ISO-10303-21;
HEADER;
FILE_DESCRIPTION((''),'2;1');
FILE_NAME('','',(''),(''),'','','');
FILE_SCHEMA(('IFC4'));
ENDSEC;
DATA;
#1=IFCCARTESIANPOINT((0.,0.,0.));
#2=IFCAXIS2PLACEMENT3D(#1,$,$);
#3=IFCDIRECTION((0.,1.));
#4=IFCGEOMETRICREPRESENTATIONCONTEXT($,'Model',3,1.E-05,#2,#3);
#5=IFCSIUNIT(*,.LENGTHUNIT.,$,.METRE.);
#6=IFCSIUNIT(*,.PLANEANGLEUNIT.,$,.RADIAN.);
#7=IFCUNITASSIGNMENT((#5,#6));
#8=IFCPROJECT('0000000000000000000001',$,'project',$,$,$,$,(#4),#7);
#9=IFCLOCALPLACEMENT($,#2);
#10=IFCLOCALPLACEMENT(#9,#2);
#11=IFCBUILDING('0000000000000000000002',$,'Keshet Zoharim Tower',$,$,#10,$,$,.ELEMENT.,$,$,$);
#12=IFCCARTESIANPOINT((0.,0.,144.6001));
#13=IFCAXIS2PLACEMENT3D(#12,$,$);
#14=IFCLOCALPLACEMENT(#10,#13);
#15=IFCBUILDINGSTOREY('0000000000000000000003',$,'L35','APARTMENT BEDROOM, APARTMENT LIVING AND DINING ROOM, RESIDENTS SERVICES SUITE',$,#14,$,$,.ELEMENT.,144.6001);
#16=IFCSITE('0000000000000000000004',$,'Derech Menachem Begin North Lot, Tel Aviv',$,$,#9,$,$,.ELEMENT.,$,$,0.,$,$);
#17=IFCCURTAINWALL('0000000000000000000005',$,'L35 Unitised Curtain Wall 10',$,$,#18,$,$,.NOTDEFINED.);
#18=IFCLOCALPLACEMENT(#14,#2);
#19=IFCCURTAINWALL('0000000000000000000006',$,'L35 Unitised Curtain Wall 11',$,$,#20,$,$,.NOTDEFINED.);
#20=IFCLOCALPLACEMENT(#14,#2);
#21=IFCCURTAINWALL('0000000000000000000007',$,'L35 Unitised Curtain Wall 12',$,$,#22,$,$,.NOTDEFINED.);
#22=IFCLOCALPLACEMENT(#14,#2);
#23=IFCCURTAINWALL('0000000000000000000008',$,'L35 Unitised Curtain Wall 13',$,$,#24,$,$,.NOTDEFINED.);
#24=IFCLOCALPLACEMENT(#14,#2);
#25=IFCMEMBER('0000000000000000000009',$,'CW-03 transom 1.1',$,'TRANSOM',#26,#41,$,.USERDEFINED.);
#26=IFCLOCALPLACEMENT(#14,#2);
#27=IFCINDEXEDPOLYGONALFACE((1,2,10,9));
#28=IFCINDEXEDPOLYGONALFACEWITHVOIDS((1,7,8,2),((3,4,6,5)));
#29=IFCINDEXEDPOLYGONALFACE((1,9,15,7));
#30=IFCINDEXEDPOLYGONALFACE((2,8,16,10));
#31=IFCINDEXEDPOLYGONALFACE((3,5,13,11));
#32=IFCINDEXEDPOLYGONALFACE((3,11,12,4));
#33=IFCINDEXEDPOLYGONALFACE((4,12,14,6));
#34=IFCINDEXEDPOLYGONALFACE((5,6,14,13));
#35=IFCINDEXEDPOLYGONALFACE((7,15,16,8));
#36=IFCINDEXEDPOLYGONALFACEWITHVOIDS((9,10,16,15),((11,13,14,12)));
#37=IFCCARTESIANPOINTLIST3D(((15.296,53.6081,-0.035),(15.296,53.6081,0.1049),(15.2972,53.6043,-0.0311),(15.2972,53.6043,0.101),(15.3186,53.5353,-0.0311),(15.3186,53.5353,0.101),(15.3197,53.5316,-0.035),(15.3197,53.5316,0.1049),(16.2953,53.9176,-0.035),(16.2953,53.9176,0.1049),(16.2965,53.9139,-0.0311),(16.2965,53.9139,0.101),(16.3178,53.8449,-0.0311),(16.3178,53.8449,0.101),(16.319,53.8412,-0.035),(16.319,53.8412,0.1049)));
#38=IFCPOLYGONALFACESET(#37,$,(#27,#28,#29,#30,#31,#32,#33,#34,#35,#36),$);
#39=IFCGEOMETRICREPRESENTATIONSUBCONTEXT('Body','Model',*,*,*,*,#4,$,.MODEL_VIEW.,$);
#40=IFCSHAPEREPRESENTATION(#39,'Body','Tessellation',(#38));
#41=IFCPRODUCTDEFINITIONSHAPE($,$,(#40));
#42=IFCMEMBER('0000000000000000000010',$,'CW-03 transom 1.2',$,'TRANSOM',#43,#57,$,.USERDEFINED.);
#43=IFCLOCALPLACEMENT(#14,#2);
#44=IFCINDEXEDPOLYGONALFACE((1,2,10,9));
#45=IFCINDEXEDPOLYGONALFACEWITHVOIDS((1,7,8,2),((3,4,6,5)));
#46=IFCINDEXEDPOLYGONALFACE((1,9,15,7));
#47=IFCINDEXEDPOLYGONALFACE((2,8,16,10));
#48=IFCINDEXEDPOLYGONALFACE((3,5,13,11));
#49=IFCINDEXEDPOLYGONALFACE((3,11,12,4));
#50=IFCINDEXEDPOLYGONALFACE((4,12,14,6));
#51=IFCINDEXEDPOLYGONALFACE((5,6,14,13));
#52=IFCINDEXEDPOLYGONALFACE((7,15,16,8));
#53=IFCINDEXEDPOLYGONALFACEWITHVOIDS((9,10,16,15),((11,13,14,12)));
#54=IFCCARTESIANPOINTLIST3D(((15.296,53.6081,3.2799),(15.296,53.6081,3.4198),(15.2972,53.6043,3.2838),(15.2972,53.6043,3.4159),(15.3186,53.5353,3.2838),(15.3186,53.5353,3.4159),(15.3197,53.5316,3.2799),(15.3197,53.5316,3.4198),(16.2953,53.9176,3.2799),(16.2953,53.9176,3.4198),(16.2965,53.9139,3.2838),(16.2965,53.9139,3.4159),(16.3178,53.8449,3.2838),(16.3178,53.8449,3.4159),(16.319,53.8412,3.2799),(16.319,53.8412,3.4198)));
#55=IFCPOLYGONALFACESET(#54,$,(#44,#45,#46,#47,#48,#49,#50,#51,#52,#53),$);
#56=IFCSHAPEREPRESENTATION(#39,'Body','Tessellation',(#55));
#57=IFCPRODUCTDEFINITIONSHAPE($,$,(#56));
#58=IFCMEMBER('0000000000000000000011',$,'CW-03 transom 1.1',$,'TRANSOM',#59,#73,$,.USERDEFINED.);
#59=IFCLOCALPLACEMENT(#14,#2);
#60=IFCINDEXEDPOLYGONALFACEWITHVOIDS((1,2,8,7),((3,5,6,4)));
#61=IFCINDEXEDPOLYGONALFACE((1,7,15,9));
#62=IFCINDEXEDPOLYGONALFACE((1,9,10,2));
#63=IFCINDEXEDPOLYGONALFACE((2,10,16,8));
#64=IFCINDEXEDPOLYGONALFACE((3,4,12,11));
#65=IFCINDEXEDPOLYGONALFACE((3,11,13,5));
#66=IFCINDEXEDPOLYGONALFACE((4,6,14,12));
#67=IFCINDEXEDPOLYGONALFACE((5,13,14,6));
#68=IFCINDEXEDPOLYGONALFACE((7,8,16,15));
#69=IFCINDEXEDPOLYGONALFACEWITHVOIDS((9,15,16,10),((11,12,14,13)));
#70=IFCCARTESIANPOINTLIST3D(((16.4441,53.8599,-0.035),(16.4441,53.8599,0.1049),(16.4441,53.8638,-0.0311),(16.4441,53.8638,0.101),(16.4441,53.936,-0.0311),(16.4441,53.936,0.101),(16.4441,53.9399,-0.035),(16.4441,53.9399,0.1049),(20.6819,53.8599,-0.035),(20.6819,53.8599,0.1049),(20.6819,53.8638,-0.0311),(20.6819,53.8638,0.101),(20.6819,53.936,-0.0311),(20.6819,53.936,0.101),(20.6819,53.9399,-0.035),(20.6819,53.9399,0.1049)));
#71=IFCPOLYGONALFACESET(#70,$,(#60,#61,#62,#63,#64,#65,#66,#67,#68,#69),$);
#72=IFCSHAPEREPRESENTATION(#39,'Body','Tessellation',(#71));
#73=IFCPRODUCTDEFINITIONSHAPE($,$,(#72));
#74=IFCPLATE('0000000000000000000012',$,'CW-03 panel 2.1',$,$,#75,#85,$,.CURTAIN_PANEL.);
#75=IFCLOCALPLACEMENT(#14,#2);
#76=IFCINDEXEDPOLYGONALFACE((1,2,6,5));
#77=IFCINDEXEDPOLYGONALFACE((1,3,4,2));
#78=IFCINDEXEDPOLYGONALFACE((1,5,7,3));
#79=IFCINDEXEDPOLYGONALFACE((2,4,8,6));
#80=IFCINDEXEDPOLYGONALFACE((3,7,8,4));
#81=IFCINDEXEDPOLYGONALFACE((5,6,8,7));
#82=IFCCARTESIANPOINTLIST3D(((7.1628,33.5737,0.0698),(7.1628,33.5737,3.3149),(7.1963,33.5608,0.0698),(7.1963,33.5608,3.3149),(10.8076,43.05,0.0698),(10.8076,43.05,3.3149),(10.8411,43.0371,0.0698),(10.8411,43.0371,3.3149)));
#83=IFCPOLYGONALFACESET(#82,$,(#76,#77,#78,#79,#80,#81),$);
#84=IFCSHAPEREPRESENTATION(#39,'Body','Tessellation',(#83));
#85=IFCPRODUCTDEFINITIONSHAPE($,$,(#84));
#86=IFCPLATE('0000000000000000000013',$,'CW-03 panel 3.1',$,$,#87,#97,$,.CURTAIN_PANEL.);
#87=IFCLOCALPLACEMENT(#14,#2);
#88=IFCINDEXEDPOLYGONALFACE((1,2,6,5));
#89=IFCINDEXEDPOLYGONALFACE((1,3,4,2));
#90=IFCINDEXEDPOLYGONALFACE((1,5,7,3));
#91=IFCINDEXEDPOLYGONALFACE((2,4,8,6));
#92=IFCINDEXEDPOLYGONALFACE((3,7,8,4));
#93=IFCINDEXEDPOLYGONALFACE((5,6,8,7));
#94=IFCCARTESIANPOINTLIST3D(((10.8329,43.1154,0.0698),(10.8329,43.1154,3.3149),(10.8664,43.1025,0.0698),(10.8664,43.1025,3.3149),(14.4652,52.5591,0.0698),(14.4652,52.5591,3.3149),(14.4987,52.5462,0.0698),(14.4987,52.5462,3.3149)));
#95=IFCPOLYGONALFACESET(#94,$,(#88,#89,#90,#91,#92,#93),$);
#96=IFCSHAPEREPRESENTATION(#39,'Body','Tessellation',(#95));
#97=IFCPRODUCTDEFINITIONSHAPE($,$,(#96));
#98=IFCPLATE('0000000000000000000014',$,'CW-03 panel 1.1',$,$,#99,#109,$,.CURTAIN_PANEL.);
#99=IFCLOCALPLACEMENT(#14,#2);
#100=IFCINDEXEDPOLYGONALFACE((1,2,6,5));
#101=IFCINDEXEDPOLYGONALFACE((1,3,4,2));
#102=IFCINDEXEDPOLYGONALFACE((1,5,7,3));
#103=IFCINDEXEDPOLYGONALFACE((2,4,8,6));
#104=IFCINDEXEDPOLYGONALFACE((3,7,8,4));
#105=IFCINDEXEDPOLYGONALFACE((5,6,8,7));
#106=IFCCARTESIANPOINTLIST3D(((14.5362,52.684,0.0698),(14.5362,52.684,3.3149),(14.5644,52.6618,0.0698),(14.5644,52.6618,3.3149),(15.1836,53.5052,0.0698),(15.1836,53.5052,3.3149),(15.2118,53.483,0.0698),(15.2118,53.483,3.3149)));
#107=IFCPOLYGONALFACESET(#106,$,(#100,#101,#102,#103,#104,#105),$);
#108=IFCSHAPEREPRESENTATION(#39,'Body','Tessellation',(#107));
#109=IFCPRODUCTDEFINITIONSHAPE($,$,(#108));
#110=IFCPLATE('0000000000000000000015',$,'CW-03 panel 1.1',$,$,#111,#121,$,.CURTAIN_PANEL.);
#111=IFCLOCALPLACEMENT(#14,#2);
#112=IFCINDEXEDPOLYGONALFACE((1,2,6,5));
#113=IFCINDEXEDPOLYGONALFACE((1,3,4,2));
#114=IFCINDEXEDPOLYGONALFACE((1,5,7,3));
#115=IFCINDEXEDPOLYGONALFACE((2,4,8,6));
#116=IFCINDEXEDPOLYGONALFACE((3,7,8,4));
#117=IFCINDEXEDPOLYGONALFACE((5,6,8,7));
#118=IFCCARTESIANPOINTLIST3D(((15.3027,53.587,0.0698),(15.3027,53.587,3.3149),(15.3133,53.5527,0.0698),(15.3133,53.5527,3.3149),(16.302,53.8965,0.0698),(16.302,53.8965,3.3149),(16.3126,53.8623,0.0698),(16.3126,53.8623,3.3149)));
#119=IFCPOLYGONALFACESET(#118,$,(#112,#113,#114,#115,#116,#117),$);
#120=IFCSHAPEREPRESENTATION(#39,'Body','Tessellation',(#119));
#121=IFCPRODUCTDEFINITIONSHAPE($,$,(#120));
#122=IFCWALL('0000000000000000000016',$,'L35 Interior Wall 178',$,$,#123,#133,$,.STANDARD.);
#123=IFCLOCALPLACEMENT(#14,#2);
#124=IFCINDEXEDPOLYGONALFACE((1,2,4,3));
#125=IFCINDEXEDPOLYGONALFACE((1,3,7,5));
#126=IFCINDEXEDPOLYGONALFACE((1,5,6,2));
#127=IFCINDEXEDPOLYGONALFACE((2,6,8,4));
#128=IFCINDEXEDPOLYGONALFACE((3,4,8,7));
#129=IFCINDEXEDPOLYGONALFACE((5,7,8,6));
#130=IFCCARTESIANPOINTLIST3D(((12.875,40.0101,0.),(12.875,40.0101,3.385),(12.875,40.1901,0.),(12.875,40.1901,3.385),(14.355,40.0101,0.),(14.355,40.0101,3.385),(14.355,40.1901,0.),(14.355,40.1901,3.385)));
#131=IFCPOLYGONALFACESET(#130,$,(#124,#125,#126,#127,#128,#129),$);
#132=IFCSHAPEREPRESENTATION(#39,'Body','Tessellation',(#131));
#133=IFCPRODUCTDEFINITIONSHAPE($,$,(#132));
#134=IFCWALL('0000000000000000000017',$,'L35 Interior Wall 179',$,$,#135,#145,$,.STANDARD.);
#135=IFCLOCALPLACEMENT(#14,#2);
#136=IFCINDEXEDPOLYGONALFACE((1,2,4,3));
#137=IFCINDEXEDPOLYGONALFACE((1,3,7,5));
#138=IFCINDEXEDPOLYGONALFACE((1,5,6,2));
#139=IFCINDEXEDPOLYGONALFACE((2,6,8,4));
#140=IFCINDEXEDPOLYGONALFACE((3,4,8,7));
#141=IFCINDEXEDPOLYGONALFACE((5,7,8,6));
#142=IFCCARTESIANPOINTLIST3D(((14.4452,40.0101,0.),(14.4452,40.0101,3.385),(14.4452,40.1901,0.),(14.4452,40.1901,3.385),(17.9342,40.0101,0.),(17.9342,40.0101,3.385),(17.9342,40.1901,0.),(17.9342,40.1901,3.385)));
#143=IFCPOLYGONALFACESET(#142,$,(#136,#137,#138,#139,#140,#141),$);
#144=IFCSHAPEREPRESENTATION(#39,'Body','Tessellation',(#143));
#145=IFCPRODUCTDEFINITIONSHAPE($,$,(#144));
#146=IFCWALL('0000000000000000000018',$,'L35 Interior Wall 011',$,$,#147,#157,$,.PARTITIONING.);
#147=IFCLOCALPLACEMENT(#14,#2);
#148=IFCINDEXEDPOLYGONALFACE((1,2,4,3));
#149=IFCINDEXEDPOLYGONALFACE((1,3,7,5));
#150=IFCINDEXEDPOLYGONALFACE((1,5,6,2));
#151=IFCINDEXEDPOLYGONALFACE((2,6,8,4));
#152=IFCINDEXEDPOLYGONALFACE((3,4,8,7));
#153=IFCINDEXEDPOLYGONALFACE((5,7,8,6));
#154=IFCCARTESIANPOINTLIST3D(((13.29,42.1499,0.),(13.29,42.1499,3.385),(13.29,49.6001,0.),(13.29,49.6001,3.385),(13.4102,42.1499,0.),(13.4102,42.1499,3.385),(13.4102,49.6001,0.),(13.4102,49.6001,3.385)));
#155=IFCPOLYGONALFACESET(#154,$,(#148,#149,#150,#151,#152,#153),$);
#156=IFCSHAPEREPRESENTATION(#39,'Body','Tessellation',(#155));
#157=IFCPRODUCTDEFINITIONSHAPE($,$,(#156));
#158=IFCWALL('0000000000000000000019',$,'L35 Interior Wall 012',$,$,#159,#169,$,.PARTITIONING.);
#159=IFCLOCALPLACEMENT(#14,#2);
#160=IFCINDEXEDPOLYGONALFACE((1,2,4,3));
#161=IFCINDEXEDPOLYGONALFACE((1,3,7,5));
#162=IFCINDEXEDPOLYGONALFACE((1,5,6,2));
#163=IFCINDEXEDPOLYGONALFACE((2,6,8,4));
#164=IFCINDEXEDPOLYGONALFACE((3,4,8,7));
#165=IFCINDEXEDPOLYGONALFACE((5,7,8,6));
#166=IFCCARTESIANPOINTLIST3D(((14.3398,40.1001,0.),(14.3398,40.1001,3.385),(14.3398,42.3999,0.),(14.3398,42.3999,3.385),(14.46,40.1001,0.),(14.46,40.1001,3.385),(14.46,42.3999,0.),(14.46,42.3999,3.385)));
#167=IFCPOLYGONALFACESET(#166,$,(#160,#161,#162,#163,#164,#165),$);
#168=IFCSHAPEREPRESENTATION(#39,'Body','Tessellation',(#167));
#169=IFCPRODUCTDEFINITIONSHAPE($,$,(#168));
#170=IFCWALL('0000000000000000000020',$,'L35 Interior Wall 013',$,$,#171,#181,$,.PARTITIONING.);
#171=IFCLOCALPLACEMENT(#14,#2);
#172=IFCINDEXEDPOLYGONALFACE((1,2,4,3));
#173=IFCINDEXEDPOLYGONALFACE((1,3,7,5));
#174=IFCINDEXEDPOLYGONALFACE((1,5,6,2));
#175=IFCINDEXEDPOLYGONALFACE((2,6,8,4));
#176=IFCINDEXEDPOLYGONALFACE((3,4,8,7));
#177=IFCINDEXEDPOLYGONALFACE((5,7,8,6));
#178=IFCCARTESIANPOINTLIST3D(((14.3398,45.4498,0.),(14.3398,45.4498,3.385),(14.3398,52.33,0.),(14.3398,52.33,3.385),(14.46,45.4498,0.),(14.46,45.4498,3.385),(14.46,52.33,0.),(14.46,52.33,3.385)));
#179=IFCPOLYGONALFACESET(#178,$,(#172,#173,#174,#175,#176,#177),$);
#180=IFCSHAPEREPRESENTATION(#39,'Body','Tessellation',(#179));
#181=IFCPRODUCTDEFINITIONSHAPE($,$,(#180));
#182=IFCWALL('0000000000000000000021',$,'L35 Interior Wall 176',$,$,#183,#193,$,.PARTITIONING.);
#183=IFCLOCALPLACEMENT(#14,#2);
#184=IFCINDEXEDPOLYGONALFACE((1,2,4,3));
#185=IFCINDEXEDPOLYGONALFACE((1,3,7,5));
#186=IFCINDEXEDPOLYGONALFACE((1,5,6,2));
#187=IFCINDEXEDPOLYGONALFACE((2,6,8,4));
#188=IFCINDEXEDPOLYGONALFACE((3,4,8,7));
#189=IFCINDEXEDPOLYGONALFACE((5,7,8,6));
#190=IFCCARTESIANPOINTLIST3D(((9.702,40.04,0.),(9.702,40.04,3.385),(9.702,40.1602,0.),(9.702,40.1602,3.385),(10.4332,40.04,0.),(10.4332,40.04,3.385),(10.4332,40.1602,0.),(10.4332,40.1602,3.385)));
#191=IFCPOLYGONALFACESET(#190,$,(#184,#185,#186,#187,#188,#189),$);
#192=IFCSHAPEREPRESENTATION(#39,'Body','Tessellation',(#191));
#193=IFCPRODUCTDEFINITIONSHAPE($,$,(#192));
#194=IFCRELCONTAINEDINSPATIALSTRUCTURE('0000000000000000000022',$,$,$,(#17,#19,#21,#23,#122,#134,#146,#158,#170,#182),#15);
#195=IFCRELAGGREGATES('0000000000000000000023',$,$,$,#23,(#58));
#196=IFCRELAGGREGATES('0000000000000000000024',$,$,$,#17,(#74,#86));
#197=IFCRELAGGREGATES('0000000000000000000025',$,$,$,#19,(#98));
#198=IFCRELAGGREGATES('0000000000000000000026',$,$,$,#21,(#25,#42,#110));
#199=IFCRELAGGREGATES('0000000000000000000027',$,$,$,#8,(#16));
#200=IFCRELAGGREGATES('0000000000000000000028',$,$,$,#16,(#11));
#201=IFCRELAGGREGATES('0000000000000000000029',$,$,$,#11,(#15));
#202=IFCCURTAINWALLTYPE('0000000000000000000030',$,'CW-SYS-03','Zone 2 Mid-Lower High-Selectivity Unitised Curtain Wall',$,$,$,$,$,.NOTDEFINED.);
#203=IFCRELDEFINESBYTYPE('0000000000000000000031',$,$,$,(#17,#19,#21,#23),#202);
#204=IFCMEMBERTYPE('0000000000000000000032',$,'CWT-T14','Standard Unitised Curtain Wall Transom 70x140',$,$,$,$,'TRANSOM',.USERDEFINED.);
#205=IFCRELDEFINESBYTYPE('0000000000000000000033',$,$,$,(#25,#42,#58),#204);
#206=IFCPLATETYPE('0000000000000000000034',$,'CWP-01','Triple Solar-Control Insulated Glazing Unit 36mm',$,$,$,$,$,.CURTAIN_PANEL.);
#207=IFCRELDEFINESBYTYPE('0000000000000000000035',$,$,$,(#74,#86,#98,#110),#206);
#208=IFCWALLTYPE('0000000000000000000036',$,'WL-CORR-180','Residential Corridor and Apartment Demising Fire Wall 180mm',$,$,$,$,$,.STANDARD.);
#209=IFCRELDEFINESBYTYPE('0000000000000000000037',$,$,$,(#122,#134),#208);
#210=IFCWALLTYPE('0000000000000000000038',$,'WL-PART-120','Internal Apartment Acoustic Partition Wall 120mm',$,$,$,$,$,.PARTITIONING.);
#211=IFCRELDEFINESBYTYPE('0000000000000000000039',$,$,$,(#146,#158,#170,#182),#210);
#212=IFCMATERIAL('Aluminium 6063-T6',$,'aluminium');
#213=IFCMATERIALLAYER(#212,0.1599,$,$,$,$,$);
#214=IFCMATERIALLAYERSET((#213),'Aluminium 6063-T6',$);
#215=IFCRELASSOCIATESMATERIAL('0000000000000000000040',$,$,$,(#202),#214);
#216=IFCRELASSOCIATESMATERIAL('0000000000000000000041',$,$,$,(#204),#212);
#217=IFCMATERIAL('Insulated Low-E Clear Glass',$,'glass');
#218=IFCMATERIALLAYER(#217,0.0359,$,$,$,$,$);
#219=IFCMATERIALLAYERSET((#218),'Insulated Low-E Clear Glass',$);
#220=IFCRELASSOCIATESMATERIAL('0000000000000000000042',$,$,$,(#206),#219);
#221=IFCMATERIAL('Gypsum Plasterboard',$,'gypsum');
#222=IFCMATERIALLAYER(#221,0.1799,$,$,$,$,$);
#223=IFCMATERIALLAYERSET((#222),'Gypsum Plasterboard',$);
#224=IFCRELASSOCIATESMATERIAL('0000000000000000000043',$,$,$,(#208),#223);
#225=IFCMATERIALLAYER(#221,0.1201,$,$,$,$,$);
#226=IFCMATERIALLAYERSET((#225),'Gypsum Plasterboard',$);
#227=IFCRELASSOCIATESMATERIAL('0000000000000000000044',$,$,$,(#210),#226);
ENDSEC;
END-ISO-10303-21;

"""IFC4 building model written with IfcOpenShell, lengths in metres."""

from ifc_helpers import new_model, si_unit, direction, frame, frame_2d, origin, origin_2d, place, context, subcontext, project, spatial, rectangle, hollow_rectangle, extrude, material, layer, layer_set, material_profile, profile_set, type_object, element, aggregate, save


model = new_model("IFC4")

# Units and contexts
model_context = context("Model", 3, precision=1e-05, world=origin(), true_north=direction((0.0, 1.0)))
body_context = subcontext(model_context, "Body", "Model", "MODEL_VIEW")
ifc_project = project(units=[si_unit("LENGTHUNIT", "METRE"), si_unit("PLANEANGLEUNIT", "RADIAN")], contexts=[model_context])

# Site, building, storey
site_placement = place(None, origin())
site = spatial("IfcSite", under=ifc_project, at=site_placement, Name="Derech Menachem Begin North Lot, Tel Aviv", CompositionType="ELEMENT", RefElevation=0.0)
building_placement = place(site_placement, origin())
building = spatial("IfcBuilding", under=site, at=building_placement, Name="Keshet Zoharim Tower", CompositionType="ELEMENT")
storey_placement = place(building_placement, frame((0.0, 0.0, 144.6001)))
storey = spatial("IfcBuildingStorey", under=building, at=storey_placement, Name="L35", Description="APARTMENT BEDROOM, APARTMENT LIVING AND DINING ROOM, RESIDENTS SERVICES SUITE", CompositionType="ELEMENT", Elevation=144.6001)

# Curtain walls
ifc_material_1 = material(Name="Aluminium 6063-T6", Category="aluminium")
ifc_layer_1 = layer(ifc_material_1, 0.1599)
ifc_layer_set_1 = layer_set([ifc_layer_1], Name="Aluminium 6063-T6")
curtain_wall_type = type_object("IfcCurtainWallType", Name="CW-SYS-03", Description="Zone 2 Mid-Lower High-Selectivity Unitised Curtain Wall", PredefinedType="NOTDEFINED", material=ifc_layer_set_1)
curtain_wall_1_placement = place(storey_placement, origin())
curtain_wall_1 = element("IfcCurtainWall", 1, at=curtain_wall_1_placement, inside=storey, type_object=curtain_wall_type, Name="L35 Unitised Curtain Wall 10", PredefinedType="NOTDEFINED")
curtain_wall_2_placement = place(storey_placement, origin())
curtain_wall_2 = element("IfcCurtainWall", 2, at=curtain_wall_2_placement, inside=storey, type_object=curtain_wall_type, Name="L35 Unitised Curtain Wall 11", PredefinedType="NOTDEFINED")
curtain_wall_3_placement = place(storey_placement, origin())
curtain_wall_3 = element("IfcCurtainWall", 3, at=curtain_wall_3_placement, inside=storey, type_object=curtain_wall_type, Name="L35 Unitised Curtain Wall 12", PredefinedType="NOTDEFINED")

# Curtain wall
curtain_wall_4_placement = place(storey_placement, origin())
curtain_wall_4 = element("IfcCurtainWall", 4, at=curtain_wall_4_placement, inside=storey, type_object=curtain_wall_type, Name="L35 Unitised Curtain Wall 13", PredefinedType="NOTDEFINED")

# Members
ifc_material_profile_1 = material_profile(ifc_material_1, hollow_rectangle(XDim=0.0801, YDim=0.1399, WallThickness=0.0039, at=origin_2d()), Name="TRN-80x140")
ifc_profile_set_1 = profile_set([ifc_material_profile_1], Name="Aluminium 6063-T6")
member_type_1 = type_object("IfcMemberType", Name="CWT-T14", Description="Standard Unitised Curtain Wall Transom 70x140", ElementType="TRANSOM", PredefinedType="USERDEFINED", material=ifc_profile_set_1)
member_1_placement = place(storey_placement, frame((15.3079, 53.5698, 0.0349), z_axis=(0.955212, 0.295922, 0.0), x_axis=(-0.295922, 0.955212, 0.0)))
member_1 = element("IfcMember", 5, at=member_1_placement, type_object=member_type_1, Name="CW-03 transom 1.1", ObjectType="TRANSOM", PredefinedType="USERDEFINED", context=body_context, shape_type="SweptSolid", body=[
    extrude(hollow_rectangle(XDim=0.0801, YDim=0.1399, WallThickness=0.0039, at=origin_2d()), origin(), (0.0, 0.0, 1.0), 1.0461),
])
member_2_placement = place(storey_placement, frame((15.3079, 53.5698, 3.3499), z_axis=(0.955212, 0.295922, 0.0), x_axis=(-0.295922, 0.955212, 0.0)))
member_2 = element("IfcMember", 6, at=member_2_placement, type_object=member_type_1, Name="CW-03 transom 1.2", ObjectType="TRANSOM", PredefinedType="USERDEFINED", context=body_context, shape_type="SweptSolid", body=[
    extrude(hollow_rectangle(XDim=0.0801, YDim=0.1399, WallThickness=0.0039, at=origin_2d()), origin(), (0.0, 0.0, 1.0), 1.0461),
])
member_3_placement = place(storey_placement, frame((16.4441, 53.8999, 0.0349), z_axis=(1.0, 0.0, 0.0), x_axis=(0.0, 1.0, 0.0)))
member_3 = element("IfcMember", 7, at=member_3_placement, type_object=member_type_1, Name="CW-03 transom 1.1", ObjectType="TRANSOM", PredefinedType="USERDEFINED", context=body_context, shape_type="SweptSolid", body=[
    extrude(hollow_rectangle(XDim=0.0801, YDim=0.1399, WallThickness=0.0039, at=origin_2d()), origin(), (0.0, 0.0, 1.0), 4.2378),
])
aggregate(curtain_wall_4, [member_3])

# Plates
ifc_material_2 = material(Name="Insulated Low-E Clear Glass", Category="glass")
ifc_layer_2 = layer(ifc_material_2, 0.0359)
ifc_layer_set_2 = layer_set([ifc_layer_2], Name="Insulated Low-E Clear Glass")
plate_type = type_object("IfcPlateType", Name="CWP-01", Description="Triple Solar-Control Insulated Glazing Unit 36mm", PredefinedType="CURTAIN_PANEL", material=ifc_layer_set_2)
plate_1_placement = place(storey_placement, frame((9.002, 38.3054, 0.0698), z_axis=(0.0, 0.0, 1.0), x_axis=(0.35899, 0.933341, 0.0)))
plate_1 = element("IfcPlate", 8, at=plate_1_placement, type_object=plate_type, Name="CW-03 panel 2.1", PredefinedType="CURTAIN_PANEL", context=body_context, shape_type="SweptSolid", body=[
    extrude(rectangle(XDim=10.1531, YDim=0.0359, at=origin_2d()), origin(), (0.0, 0.0, 1.0), 3.2451),
])
plate_2_placement = place(storey_placement, frame((12.6658, 47.8308, 0.0698), z_axis=(0.0, 0.0, 1.0), x_axis=(0.35899, 0.933341, 0.0)))
plate_2 = element("IfcPlate", 9, at=plate_2_placement, type_object=plate_type, Name="CW-03 panel 3.1", PredefinedType="CURTAIN_PANEL", context=body_context, shape_type="SweptSolid", body=[
    extrude(rectangle(XDim=10.1182, YDim=0.0359, at=origin_2d()), origin(), (0.0, 0.0, 1.0), 3.2451),
])
aggregate(curtain_wall_1, [plate_1, plate_2])
plate_3_placement = place(storey_placement, frame((14.874, 53.0835, 0.0698), z_axis=(0.0, 0.0, 1.0), x_axis=(0.619125, 0.785293, 0.0)))
plate_3 = element("IfcPlate", 10, at=plate_3_placement, type_object=plate_type, Name="CW-03 panel 1.1", PredefinedType="CURTAIN_PANEL", context=body_context, shape_type="SweptSolid", body=[
    extrude(rectangle(XDim=1.0457, YDim=0.0359, at=origin_2d()), origin(), (0.0, 0.0, 1.0), 3.2451),
])
aggregate(curtain_wall_2, [plate_3])
plate_4_placement = place(storey_placement, frame((15.8076, 53.7246, 0.0698), z_axis=(0.0, 0.0, 1.0), x_axis=(0.955212, 0.295922, 0.0)))
plate_4 = element("IfcPlate", 11, at=plate_4_placement, type_object=plate_type, Name="CW-03 panel 1.1", PredefinedType="CURTAIN_PANEL", context=body_context, shape_type="SweptSolid", body=[
    extrude(rectangle(XDim=1.0461, YDim=0.0359, at=origin_2d()), origin(), (0.0, 0.0, 1.0), 3.2451),
])
aggregate(curtain_wall_3, [member_1, member_2, plate_4])

# Walls
ifc_material_3 = material(Name="Gypsum Plasterboard", Category="gypsum")
ifc_layer_3 = layer(ifc_material_3, 0.1799)
ifc_layer_set_3 = layer_set([ifc_layer_3], Name="Gypsum Plasterboard")
wall_type_1 = type_object("IfcWallType", Name="WL-CORR-180", Description="Residential Corridor and Apartment Demising Fire Wall 180mm", PredefinedType="STANDARD", material=ifc_layer_set_3)
wall_1_placement = place(storey_placement, frame((12.875, 40.1001, 0.0), z_axis=(0.0, 0.0, 1.0), x_axis=(1.0, 0.0, 0.0)))
element("IfcWall", 12, at=wall_1_placement, inside=storey, type_object=wall_type_1, Name="L35 Interior Wall 178", PredefinedType="STANDARD", context=body_context, shape_type="SweptSolid", body=[
    extrude(rectangle(XDim=1.48, YDim=0.1799, at=frame_2d((0.74, 0.0))), origin(), (0.0, 0.0, 1.0), 3.385),
])
wall_2_placement = place(storey_placement, frame((14.4451, 40.1001, 0.0), z_axis=(0.0, 0.0, 1.0), x_axis=(1.0, 0.0, 0.0)))
element("IfcWall", 13, at=wall_2_placement, inside=storey, type_object=wall_type_1, Name="L35 Interior Wall 179", PredefinedType="STANDARD", context=body_context, shape_type="SweptSolid", body=[
    extrude(rectangle(XDim=3.489, YDim=0.1799, at=frame_2d((1.7446, 0.0))), origin(), (0.0, 0.0, 1.0), 3.385),
])
ifc_layer_4 = layer(ifc_material_3, 0.1201)
ifc_layer_set_4 = layer_set([ifc_layer_4], Name="Gypsum Plasterboard")
wall_type_2 = type_object("IfcWallType", Name="WL-PART-120", Description="Internal Apartment Acoustic Partition Wall 120mm", PredefinedType="PARTITIONING", material=ifc_layer_set_4)
wall_3_placement = place(storey_placement, frame((13.3501, 42.1499, 0.0), z_axis=(0.0, 0.0, 1.0), x_axis=(0.0, 1.0, 0.0)))
element("IfcWall", 14, at=wall_3_placement, inside=storey, type_object=wall_type_2, Name="L35 Interior Wall 011", PredefinedType="PARTITIONING", context=body_context, shape_type="SweptSolid", body=[
    extrude(rectangle(XDim=7.4502, YDim=0.1201, at=frame_2d((3.7251, 0.0))), origin(), (0.0, 0.0, 1.0), 3.385),
])
wall_4_placement = place(storey_placement, frame((14.3999, 40.1001, 0.0), z_axis=(0.0, 0.0, 1.0), x_axis=(0.0, 1.0, 0.0)))
element("IfcWall", 15, at=wall_4_placement, inside=storey, type_object=wall_type_2, Name="L35 Interior Wall 012", PredefinedType="PARTITIONING", context=body_context, shape_type="SweptSolid", body=[
    extrude(rectangle(XDim=2.2998, YDim=0.1201, at=frame_2d((1.1499, 0.0))), origin(), (0.0, 0.0, 1.0), 3.385),
])
wall_5_placement = place(storey_placement, frame((14.3999, 45.45, 0.0), z_axis=(0.0, 0.0, 1.0), x_axis=(0.0, 1.0, 0.0)))
element("IfcWall", 16, at=wall_5_placement, inside=storey, type_object=wall_type_2, Name="L35 Interior Wall 013", PredefinedType="PARTITIONING", context=body_context, shape_type="SweptSolid", body=[
    extrude(rectangle(XDim=6.8801, YDim=0.1201, at=frame_2d((3.4399, 0.0))), origin(), (0.0, 0.0, 1.0), 3.385),
])
wall_6_placement = place(storey_placement, frame((9.7019, 40.1001, 0.0), z_axis=(0.0, 0.0, 1.0), x_axis=(1.0, 0.0, 0.0)))
element("IfcWall", 17, at=wall_6_placement, inside=storey, type_object=wall_type_2, Name="L35 Interior Wall 176", PredefinedType="PARTITIONING", context=body_context, shape_type="SweptSolid", body=[
    extrude(rectangle(XDim=0.7312, YDim=0.1201, at=frame_2d((0.3657, 0.0))), origin(), (0.0, 0.0, 1.0), 3.385),
])

save(model, "model.ifc")
